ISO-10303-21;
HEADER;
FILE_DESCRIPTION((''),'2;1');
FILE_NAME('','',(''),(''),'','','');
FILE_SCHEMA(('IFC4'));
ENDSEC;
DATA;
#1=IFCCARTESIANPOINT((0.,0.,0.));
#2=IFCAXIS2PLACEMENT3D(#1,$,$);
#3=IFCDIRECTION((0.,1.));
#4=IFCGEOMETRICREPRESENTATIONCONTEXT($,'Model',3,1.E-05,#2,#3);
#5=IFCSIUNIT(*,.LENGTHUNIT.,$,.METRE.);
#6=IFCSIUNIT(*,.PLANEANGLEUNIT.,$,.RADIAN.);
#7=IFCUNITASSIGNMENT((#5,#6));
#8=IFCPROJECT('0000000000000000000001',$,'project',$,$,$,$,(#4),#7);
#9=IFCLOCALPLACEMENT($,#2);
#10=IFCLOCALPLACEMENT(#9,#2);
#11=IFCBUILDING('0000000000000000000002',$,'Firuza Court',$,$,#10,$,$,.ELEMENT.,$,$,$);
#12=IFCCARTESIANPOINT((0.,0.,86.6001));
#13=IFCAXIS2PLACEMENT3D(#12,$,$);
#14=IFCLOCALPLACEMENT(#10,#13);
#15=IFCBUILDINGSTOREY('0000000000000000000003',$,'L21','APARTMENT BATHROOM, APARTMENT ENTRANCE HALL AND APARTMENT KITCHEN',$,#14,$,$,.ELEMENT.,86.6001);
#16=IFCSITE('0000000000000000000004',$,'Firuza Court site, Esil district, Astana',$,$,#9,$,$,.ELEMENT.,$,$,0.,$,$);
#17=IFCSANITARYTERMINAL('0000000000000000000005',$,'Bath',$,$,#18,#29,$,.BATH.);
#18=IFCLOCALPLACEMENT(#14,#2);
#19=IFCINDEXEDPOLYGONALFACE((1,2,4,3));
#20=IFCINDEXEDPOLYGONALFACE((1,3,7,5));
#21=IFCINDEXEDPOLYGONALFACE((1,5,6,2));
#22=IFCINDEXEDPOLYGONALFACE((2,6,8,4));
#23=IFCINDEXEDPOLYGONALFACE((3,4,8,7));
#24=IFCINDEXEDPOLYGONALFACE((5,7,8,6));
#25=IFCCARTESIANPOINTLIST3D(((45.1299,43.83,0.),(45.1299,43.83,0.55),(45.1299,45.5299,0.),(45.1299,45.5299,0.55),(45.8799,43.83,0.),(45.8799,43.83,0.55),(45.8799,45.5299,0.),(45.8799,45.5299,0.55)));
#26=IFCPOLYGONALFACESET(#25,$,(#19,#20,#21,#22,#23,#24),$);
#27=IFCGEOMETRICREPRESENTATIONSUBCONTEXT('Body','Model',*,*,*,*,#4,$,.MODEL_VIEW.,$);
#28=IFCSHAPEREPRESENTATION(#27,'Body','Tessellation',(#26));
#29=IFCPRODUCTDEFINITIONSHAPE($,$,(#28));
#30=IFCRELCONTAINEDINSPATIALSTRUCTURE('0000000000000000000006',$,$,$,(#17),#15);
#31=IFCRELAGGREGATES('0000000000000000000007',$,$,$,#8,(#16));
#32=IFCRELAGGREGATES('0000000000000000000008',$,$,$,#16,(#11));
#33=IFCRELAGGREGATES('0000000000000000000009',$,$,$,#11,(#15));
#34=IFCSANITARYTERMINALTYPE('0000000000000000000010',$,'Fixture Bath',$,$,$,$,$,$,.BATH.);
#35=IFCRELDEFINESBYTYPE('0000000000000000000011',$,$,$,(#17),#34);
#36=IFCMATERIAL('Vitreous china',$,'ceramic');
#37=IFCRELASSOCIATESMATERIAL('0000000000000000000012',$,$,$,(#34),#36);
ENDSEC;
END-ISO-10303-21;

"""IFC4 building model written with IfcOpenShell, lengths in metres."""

from ifc_helpers import new_model, si_unit, direction, frame, origin, origin_2d, place, context, subcontext, project, spatial, rectangle, extrude, material, type_object, element, save


model = new_model("IFC4")

# Units and contexts
model_context = context("Model", 3, precision=1e-05, world=origin(), true_north=direction((0.0, 1.0)))
body_context = subcontext(model_context, "Body", "Model", "MODEL_VIEW")
ifc_project = project(units=[si_unit("LENGTHUNIT", "METRE"), si_unit("PLANEANGLEUNIT", "RADIAN")], contexts=[model_context])

# Site, building, storey
site_placement = place(None, origin())
site = spatial("IfcSite", under=ifc_project, at=site_placement, Name="Firuza Court site, Esil district, Astana", CompositionType="ELEMENT", RefElevation=0.0)
building_placement = place(site_placement, origin())
building = spatial("IfcBuilding", under=site, at=building_placement, Name="Firuza Court", CompositionType="ELEMENT")
storey_placement = place(building_placement, frame((0.0, 0.0, 86.6001)))
storey = spatial("IfcBuildingStorey", under=building, at=storey_placement, Name="L21", Description="APARTMENT BATHROOM, APARTMENT ENTRANCE HALL AND APARTMENT KITCHEN", CompositionType="ELEMENT", Elevation=86.6001)

# Sanitary terminal
ifc_material_1 = material(Name="Vitreous china", Category="ceramic")
sanitary_terminal_type = type_object("IfcSanitaryTerminalType", Name="Fixture Bath", PredefinedType="BATH", material=ifc_material_1)
sanitary_terminal_placement = place(storey_placement, frame((45.5049, 44.6799, 0.0), z_axis=(0.0, 0.0, 1.0), x_axis=(1.0, 0.0, 0.0)))
element("IfcSanitaryTerminal", 1, at=sanitary_terminal_placement, inside=storey, type_object=sanitary_terminal_type, Name="Bath", PredefinedType="BATH", context=body_context, shape_type="SweptSolid", body=[
    extrude(rectangle(XDim=0.75, YDim=1.7, at=origin_2d()), origin(), (0.0, 0.0, 1.0), 0.55),
])

save(model, "model.ifc")
